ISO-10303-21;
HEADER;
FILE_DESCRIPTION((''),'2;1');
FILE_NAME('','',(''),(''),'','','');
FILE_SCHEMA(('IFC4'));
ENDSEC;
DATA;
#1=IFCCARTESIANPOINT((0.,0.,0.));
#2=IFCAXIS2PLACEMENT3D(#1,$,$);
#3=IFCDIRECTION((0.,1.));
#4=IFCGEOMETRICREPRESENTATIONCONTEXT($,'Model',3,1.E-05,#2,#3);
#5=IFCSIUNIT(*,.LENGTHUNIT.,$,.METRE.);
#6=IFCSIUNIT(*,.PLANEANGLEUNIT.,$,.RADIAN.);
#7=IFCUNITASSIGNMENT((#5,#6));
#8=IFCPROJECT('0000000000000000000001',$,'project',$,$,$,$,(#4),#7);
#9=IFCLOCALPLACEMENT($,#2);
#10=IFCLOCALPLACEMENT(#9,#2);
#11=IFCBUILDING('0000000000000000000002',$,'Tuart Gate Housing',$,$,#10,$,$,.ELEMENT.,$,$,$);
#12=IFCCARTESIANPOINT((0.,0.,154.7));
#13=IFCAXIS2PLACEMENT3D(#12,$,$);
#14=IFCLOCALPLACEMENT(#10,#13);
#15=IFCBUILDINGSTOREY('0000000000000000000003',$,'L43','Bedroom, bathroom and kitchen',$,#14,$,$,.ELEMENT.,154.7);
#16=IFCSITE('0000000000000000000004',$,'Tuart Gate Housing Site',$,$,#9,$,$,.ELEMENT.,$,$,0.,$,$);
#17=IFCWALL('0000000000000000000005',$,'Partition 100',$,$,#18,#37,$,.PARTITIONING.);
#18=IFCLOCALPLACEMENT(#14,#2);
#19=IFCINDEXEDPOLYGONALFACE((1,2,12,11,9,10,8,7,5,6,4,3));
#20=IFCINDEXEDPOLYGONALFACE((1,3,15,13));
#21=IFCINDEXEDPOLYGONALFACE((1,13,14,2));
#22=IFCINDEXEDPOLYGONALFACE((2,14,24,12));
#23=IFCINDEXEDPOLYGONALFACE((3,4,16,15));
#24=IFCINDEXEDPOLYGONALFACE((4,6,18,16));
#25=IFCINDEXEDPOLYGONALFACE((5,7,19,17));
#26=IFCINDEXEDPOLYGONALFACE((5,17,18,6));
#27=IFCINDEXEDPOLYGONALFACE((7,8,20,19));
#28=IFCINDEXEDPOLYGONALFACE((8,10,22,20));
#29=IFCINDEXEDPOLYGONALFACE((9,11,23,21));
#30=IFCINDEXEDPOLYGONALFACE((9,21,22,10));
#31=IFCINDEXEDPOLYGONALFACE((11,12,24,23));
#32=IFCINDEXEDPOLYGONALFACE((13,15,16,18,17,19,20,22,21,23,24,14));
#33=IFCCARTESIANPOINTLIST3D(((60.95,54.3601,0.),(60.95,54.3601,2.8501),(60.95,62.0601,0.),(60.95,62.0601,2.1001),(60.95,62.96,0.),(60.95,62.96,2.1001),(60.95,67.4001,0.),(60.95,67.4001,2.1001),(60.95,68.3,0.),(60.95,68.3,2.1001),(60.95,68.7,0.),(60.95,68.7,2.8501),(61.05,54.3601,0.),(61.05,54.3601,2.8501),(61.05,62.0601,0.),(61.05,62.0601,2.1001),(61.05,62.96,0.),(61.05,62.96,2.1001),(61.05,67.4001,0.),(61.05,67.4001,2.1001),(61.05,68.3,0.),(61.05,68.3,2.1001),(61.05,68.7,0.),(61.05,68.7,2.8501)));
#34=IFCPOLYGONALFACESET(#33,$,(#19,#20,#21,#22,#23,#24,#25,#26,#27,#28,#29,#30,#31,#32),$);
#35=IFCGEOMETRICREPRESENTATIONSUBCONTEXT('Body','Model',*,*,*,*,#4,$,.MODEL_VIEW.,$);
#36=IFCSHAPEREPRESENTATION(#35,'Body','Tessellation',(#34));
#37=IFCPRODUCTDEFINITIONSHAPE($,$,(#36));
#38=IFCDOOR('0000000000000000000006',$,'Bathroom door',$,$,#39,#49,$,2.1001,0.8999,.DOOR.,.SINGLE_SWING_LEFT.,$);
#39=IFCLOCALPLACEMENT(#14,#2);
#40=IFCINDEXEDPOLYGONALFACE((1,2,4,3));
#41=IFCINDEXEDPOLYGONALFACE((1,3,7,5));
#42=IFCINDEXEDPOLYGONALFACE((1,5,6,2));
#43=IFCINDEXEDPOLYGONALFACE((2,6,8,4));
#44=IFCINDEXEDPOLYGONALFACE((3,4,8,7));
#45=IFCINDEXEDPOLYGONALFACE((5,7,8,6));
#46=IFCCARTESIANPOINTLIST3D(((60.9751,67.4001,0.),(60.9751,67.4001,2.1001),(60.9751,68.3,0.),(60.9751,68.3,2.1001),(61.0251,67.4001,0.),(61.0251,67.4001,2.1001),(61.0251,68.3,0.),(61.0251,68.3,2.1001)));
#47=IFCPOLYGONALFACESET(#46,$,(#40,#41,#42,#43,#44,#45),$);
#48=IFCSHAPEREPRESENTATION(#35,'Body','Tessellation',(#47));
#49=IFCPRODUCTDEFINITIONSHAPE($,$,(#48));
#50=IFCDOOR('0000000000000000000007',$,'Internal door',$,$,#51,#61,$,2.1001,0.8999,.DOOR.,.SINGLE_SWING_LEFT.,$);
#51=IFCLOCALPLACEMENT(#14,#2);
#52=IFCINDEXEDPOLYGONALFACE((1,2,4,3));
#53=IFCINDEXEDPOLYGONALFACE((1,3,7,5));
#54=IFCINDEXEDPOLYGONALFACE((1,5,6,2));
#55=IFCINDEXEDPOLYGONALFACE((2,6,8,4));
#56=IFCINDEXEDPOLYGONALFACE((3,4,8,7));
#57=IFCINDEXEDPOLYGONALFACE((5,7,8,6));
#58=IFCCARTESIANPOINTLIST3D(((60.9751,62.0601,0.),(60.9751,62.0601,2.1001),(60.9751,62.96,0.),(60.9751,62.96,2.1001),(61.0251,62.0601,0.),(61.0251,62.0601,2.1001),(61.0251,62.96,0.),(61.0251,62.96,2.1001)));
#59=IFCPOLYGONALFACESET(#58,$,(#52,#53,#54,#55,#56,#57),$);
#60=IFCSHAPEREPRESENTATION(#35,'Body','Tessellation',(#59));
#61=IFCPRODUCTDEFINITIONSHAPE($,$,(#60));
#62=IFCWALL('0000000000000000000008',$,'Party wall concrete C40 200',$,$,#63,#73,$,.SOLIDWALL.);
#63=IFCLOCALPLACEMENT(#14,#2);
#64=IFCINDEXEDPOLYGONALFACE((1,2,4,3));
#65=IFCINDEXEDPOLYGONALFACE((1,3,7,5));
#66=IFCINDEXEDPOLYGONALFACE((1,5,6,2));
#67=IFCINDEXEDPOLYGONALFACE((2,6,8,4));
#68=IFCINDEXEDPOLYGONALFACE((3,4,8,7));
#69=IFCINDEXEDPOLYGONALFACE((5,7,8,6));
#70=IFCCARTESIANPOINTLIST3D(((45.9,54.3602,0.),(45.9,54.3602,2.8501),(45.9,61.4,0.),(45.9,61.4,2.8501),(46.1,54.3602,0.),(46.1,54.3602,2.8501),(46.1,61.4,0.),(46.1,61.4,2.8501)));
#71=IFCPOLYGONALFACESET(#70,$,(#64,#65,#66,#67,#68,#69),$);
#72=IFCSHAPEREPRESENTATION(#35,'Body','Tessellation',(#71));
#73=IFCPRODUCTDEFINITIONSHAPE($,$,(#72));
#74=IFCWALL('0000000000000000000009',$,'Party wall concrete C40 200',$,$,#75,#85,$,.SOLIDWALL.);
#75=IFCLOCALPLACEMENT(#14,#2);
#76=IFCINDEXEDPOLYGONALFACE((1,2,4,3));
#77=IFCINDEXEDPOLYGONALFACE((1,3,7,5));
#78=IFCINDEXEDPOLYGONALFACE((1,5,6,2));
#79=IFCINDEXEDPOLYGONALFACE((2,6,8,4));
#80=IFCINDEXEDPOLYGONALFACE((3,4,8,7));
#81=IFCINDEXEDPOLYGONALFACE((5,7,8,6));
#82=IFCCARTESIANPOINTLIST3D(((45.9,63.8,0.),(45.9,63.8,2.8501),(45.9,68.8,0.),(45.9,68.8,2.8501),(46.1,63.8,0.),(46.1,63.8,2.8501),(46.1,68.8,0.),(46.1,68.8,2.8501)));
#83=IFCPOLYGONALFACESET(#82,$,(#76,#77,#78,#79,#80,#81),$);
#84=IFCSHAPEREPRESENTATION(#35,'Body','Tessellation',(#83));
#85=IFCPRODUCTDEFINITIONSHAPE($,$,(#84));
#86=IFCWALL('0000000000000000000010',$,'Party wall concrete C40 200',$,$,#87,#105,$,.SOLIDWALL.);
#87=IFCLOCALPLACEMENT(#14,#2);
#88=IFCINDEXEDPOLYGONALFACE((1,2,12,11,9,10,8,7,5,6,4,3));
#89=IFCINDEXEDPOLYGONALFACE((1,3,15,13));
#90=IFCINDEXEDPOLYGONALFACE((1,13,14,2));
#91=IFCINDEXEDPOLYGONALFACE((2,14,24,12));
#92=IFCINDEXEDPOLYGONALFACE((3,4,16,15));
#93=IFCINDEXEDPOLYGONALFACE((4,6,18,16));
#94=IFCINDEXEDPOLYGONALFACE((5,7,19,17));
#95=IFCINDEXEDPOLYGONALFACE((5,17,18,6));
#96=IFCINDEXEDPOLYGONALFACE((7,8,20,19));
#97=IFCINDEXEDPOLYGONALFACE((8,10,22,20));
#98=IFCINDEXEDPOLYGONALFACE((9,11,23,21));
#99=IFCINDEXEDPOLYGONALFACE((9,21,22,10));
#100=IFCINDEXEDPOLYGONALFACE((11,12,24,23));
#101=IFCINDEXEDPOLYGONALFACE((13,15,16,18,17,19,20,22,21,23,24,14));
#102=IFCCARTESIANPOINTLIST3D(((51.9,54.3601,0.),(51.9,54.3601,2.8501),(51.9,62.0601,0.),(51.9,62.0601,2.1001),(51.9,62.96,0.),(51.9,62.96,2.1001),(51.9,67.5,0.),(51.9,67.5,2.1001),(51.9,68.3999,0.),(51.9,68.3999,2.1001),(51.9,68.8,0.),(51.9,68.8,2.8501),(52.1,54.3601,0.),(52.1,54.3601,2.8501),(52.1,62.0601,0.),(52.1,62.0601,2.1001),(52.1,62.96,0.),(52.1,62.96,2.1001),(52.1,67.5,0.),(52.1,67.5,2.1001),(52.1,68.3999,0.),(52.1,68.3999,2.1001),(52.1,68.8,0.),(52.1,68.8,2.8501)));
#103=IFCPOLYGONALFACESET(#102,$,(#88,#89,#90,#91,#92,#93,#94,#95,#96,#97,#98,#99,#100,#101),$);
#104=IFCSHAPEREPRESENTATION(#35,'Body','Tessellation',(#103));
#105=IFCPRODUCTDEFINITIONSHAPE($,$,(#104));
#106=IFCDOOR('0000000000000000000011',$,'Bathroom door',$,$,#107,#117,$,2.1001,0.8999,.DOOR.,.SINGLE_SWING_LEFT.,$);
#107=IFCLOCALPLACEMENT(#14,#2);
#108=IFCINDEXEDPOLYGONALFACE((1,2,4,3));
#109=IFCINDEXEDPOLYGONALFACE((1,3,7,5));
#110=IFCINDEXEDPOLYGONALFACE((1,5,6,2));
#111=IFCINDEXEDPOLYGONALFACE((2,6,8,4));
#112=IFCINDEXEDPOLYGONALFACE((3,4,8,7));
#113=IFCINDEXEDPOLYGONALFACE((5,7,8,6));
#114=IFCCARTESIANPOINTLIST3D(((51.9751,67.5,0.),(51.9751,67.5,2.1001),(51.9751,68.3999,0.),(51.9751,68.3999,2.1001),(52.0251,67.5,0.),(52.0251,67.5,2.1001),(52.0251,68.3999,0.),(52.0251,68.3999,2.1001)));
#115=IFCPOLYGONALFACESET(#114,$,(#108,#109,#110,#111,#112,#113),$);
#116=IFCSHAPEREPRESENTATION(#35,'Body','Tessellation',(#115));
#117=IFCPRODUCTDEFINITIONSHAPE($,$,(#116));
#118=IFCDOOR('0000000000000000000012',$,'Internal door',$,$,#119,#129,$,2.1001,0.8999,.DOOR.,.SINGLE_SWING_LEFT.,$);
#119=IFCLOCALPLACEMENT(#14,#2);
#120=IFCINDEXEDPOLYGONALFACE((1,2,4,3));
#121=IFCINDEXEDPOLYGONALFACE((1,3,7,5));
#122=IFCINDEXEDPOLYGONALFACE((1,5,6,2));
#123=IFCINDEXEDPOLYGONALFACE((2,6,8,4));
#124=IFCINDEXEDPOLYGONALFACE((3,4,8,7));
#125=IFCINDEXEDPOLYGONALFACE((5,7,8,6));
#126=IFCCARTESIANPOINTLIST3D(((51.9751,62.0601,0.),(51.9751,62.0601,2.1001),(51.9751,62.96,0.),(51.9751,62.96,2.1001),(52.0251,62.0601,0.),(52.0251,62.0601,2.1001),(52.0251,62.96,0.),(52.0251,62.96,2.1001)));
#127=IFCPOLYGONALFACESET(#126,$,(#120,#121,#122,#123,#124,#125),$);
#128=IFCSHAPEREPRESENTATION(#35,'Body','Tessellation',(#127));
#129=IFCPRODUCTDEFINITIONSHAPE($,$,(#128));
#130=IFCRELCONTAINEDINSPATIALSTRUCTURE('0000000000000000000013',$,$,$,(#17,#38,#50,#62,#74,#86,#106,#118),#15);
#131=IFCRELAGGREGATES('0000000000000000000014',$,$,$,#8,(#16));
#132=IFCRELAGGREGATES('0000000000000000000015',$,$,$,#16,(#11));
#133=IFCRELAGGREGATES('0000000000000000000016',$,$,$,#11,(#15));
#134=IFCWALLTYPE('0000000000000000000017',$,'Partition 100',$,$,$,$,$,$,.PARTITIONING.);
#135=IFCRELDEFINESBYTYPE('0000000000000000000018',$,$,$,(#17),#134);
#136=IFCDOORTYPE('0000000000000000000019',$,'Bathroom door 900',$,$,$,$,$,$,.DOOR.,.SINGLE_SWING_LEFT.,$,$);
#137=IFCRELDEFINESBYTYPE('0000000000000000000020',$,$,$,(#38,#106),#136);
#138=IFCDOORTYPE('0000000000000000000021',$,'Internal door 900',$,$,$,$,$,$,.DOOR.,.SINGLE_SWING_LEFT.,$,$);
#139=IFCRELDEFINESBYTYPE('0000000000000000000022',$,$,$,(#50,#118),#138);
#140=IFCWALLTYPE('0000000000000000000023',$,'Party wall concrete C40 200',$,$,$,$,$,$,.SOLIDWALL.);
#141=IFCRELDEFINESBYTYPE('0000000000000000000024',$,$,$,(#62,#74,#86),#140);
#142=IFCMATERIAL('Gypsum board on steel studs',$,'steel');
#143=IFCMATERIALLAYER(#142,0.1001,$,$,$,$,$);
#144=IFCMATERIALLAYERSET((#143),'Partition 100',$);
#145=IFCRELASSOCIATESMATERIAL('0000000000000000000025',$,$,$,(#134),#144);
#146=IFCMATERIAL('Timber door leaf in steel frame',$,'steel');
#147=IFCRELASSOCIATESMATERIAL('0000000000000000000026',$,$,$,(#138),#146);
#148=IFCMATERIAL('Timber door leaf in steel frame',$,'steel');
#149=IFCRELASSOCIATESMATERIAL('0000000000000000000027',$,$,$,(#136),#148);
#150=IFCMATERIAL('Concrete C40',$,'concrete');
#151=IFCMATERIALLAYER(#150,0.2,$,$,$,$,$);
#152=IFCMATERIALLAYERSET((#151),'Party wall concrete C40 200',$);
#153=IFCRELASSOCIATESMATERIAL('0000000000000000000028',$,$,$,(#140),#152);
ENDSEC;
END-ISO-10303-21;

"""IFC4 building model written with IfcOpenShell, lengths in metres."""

from ifc_helpers import new_model, si_unit, direction, frame, frame_2d, origin, place, context, subcontext, project, spatial, rectangle, extrude, material, layer, layer_set, type_object, element, fill, save


model = new_model("IFC4")

# Units and contexts
model_context = context("Model", 3, precision=1e-05, world=origin(), true_north=direction((0.0, 1.0)))
body_context = subcontext(model_context, "Body", "Model", "MODEL_VIEW")
ifc_project = project(units=[si_unit("LENGTHUNIT", "METRE"), si_unit("PLANEANGLEUNIT", "RADIAN")], contexts=[model_context])

# Site, building, storey
site_placement = place(None, origin())
site = spatial("IfcSite", under=ifc_project, at=site_placement, Name="Tuart Gate Housing Site", CompositionType="ELEMENT", RefElevation=0.0)
building_placement = place(site_placement, origin())
building = spatial("IfcBuilding", under=site, at=building_placement, Name="Tuart Gate Housing", CompositionType="ELEMENT")
storey_placement = place(building_placement, frame((0.0, 0.0, 154.7)))
storey = spatial("IfcBuildingStorey", under=building, at=storey_placement, Name="L43", Description="Bedroom, bathroom and kitchen", CompositionType="ELEMENT", Elevation=154.7)

# Shared definitions
ifc_material_1 = material(Name="Gypsum board on steel studs", Category="steel")
ifc_layer_1 = layer(ifc_material_1, 0.1001)
ifc_layer_set_1 = layer_set([ifc_layer_1], Name="Partition 100")
wall_type_1 = type_object("IfcWallType", Name="Partition 100", PredefinedType="PARTITIONING", material=ifc_layer_set_1)
ifc_material_2 = material(Name="Timber door leaf in steel frame", Category="steel")
door_type_1 = type_object("IfcDoorType", Name="Internal door 900", OperationType="SINGLE_SWING_LEFT", PredefinedType="DOOR", material=ifc_material_2)

# Wall, openings, doors
wall_1_placement = place(storey_placement, frame((61.0, 54.3601, 0.0), z_axis=(0.0, 0.0, 1.0), x_axis=(0.0, 1.0, 0.0)))
wall_1 = element("IfcWall", 1, at=wall_1_placement, inside=storey, type_object=wall_type_1, Name="Partition 100", PredefinedType="PARTITIONING", context=body_context, shape_type="SweptSolid", body=[
    extrude(rectangle(XDim=14.3398, YDim=0.1001, at=frame_2d((7.1699, 0.0))), origin(), (0.0, 0.0, 1.0), 2.8501),
])
opening_1_placement = place(wall_1_placement, frame((7.7, 0.0, 0.0)))
opening_1 = element("IfcOpeningElement", 2, at=opening_1_placement, cuts=wall_1, PredefinedType="OPENING", context=body_context, shape_type="SweptSolid", body=[
    extrude(rectangle(XDim=0.8999, YDim=2.1001, at=frame_2d((0.45, 1.05))), frame((0.0, 0.0601, 0.0), z_axis=(0.0, -1.0, 0.0), x_axis=(1.0, 0.0, 0.0)), (0.0, 0.0, 1.0), 0.1201),
])
opening_2_placement = place(wall_1_placement, frame((13.04, 0.0, 0.0)))
opening_2 = element("IfcOpeningElement", 3, at=opening_2_placement, cuts=wall_1, PredefinedType="OPENING", context=body_context, shape_type="SweptSolid", body=[
    extrude(rectangle(XDim=0.8999, YDim=2.1001, at=frame_2d((0.45, 1.05))), frame((0.0, 0.0601, 0.0), z_axis=(0.0, -1.0, 0.0), x_axis=(1.0, 0.0, 0.0)), (0.0, 0.0, 1.0), 0.1201),
])
ifc_material_3 = material(Name="Timber door leaf in steel frame", Category="steel")
door_type_2 = type_object("IfcDoorType", Name="Bathroom door 900", OperationType="SINGLE_SWING_LEFT", PredefinedType="DOOR", material=ifc_material_3)
door_1_placement = place(opening_2_placement, frame((0.8999, 0.0, 0.0), z_axis=(0.0, 0.0, 1.0), x_axis=(-1.0, 0.0, 0.0)))
door_1 = element("IfcDoor", 4, at=door_1_placement, inside=storey, type_object=door_type_2, Name="Bathroom door", OperationType="SINGLE_SWING_LEFT", OverallHeight=2.1001, OverallWidth=0.8999, PredefinedType="DOOR", context=body_context, shape_type="SweptSolid", body=[
    extrude(rectangle(XDim=0.8999, YDim=2.1001, at=frame_2d((0.45, 1.05))), frame((0.0, 0.0251, 0.0), z_axis=(0.0, -1.0, 0.0), x_axis=(1.0, 0.0, 0.0)), (0.0, 0.0, 1.0), 0.05),
])
fill(opening_2, door_1)
door_2_placement = place(opening_1_placement, frame((0.8999, 0.0, 0.0), z_axis=(0.0, 0.0, 1.0), x_axis=(-1.0, 0.0, 0.0)))
door_2 = element("IfcDoor", 5, at=door_2_placement, inside=storey, type_object=door_type_1, Name="Internal door", OperationType="SINGLE_SWING_LEFT", OverallHeight=2.1001, OverallWidth=0.8999, PredefinedType="DOOR", context=body_context, shape_type="SweptSolid", body=[
    extrude(rectangle(XDim=0.8999, YDim=2.1001, at=frame_2d((0.45, 1.05))), frame((0.0, 0.0251, 0.0), z_axis=(0.0, -1.0, 0.0), x_axis=(1.0, 0.0, 0.0)), (0.0, 0.0, 1.0), 0.05),
])
fill(opening_1, door_2)

# Walls
ifc_material_4 = material(Name="Concrete C40", Category="concrete")
ifc_layer_2 = layer(ifc_material_4, 0.2)
ifc_layer_set_2 = layer_set([ifc_layer_2], Name="Party wall concrete C40 200")
wall_type_2 = type_object("IfcWallType", Name="Party wall concrete C40 200", PredefinedType="SOLIDWALL", material=ifc_layer_set_2)
wall_2_placement = place(storey_placement, frame((46.0, 54.3601, 0.0), z_axis=(0.0, 0.0, 1.0), x_axis=(0.0, 1.0, 0.0)))
element("IfcWall", 6, at=wall_2_placement, inside=storey, type_object=wall_type_2, Name="Party wall concrete C40 200", PredefinedType="SOLIDWALL", context=body_context, shape_type="SweptSolid", body=[
    extrude(rectangle(XDim=7.0398, YDim=0.2, at=frame_2d((3.52, 0.0))), origin(), (0.0, 0.0, 1.0), 2.8501),
])
wall_3_placement = place(storey_placement, frame((46.0, 63.8, 0.0), z_axis=(0.0, 0.0, 1.0), x_axis=(0.0, 1.0, 0.0)))
element("IfcWall", 7, at=wall_3_placement, inside=storey, type_object=wall_type_2, Name="Party wall concrete C40 200", PredefinedType="SOLIDWALL", context=body_context, shape_type="SweptSolid", body=[
    extrude(rectangle(XDim=5.0, YDim=0.2, at=frame_2d((2.5, 0.0))), origin(), (0.0, 0.0, 1.0), 2.8501),
])

# Wall, openings, doors
wall_4_placement = place(storey_placement, frame((52.0, 54.3601, 0.0), z_axis=(0.0, 0.0, 1.0), x_axis=(0.0, 1.0, 0.0)))
wall_4 = element("IfcWall", 8, at=wall_4_placement, inside=storey, type_object=wall_type_2, Name="Party wall concrete C40 200", PredefinedType="SOLIDWALL", context=body_context, shape_type="SweptSolid", body=[
    extrude(rectangle(XDim=14.4399, YDim=0.2, at=frame_2d((7.22, 0.0))), origin(), (0.0, 0.0, 1.0), 2.8501),
])
opening_3_placement = place(wall_4_placement, frame((7.7, 0.0, 0.0)))
opening_3 = element("IfcOpeningElement", 9, at=opening_3_placement, cuts=wall_4, PredefinedType="OPENING", context=body_context, shape_type="SweptSolid", body=[
    extrude(rectangle(XDim=0.8999, YDim=2.1001, at=frame_2d((0.45, 1.05))), frame((0.0, 0.1099, 0.0), z_axis=(0.0, -1.0, 0.0), x_axis=(1.0, 0.0, 0.0)), (0.0, 0.0, 1.0), 0.22),
])
opening_4_placement = place(wall_4_placement, frame((13.1399, 0.0, 0.0)))
opening_4 = element("IfcOpeningElement", 10, at=opening_4_placement, cuts=wall_4, PredefinedType="OPENING", context=body_context, shape_type="SweptSolid", body=[
    extrude(rectangle(XDim=0.8999, YDim=2.1001, at=frame_2d((0.45, 1.05))), frame((0.0, 0.1099, 0.0), z_axis=(0.0, -1.0, 0.0), x_axis=(1.0, 0.0, 0.0)), (0.0, 0.0, 1.0), 0.22),
])
door_3_placement = place(opening_4_placement, frame((0.8999, 0.0, 0.0), z_axis=(0.0, 0.0, 1.0), x_axis=(-1.0, 0.0, 0.0)))
door_3 = element("IfcDoor", 11, at=door_3_placement, inside=storey, type_object=door_type_2, Name="Bathroom door", OperationType="SINGLE_SWING_LEFT", OverallHeight=2.1001, OverallWidth=0.8999, PredefinedType="DOOR", context=body_context, shape_type="SweptSolid", body=[
    extrude(rectangle(XDim=0.8999, YDim=2.1001, at=frame_2d((0.45, 1.05))), frame((0.0, 0.0251, 0.0), z_axis=(0.0, -1.0, 0.0), x_axis=(1.0, 0.0, 0.0)), (0.0, 0.0, 1.0), 0.05),
])
fill(opening_4, door_3)
door_4_placement = place(opening_3_placement, frame((0.8999, 0.0, 0.0), z_axis=(0.0, 0.0, 1.0), x_axis=(-1.0, 0.0, 0.0)))
door_4 = element("IfcDoor", 12, at=door_4_placement, inside=storey, type_object=door_type_1, Name="Internal door", OperationType="SINGLE_SWING_LEFT", OverallHeight=2.1001, OverallWidth=0.8999, PredefinedType="DOOR", context=body_context, shape_type="SweptSolid", body=[
    extrude(rectangle(XDim=0.8999, YDim=2.1001, at=frame_2d((0.45, 1.05))), frame((0.0, 0.0251, 0.0), z_axis=(0.0, -1.0, 0.0), x_axis=(1.0, 0.0, 0.0)), (0.0, 0.0, 1.0), 0.05),
])
fill(opening_3, door_4)

save(model, "model.ifc")
